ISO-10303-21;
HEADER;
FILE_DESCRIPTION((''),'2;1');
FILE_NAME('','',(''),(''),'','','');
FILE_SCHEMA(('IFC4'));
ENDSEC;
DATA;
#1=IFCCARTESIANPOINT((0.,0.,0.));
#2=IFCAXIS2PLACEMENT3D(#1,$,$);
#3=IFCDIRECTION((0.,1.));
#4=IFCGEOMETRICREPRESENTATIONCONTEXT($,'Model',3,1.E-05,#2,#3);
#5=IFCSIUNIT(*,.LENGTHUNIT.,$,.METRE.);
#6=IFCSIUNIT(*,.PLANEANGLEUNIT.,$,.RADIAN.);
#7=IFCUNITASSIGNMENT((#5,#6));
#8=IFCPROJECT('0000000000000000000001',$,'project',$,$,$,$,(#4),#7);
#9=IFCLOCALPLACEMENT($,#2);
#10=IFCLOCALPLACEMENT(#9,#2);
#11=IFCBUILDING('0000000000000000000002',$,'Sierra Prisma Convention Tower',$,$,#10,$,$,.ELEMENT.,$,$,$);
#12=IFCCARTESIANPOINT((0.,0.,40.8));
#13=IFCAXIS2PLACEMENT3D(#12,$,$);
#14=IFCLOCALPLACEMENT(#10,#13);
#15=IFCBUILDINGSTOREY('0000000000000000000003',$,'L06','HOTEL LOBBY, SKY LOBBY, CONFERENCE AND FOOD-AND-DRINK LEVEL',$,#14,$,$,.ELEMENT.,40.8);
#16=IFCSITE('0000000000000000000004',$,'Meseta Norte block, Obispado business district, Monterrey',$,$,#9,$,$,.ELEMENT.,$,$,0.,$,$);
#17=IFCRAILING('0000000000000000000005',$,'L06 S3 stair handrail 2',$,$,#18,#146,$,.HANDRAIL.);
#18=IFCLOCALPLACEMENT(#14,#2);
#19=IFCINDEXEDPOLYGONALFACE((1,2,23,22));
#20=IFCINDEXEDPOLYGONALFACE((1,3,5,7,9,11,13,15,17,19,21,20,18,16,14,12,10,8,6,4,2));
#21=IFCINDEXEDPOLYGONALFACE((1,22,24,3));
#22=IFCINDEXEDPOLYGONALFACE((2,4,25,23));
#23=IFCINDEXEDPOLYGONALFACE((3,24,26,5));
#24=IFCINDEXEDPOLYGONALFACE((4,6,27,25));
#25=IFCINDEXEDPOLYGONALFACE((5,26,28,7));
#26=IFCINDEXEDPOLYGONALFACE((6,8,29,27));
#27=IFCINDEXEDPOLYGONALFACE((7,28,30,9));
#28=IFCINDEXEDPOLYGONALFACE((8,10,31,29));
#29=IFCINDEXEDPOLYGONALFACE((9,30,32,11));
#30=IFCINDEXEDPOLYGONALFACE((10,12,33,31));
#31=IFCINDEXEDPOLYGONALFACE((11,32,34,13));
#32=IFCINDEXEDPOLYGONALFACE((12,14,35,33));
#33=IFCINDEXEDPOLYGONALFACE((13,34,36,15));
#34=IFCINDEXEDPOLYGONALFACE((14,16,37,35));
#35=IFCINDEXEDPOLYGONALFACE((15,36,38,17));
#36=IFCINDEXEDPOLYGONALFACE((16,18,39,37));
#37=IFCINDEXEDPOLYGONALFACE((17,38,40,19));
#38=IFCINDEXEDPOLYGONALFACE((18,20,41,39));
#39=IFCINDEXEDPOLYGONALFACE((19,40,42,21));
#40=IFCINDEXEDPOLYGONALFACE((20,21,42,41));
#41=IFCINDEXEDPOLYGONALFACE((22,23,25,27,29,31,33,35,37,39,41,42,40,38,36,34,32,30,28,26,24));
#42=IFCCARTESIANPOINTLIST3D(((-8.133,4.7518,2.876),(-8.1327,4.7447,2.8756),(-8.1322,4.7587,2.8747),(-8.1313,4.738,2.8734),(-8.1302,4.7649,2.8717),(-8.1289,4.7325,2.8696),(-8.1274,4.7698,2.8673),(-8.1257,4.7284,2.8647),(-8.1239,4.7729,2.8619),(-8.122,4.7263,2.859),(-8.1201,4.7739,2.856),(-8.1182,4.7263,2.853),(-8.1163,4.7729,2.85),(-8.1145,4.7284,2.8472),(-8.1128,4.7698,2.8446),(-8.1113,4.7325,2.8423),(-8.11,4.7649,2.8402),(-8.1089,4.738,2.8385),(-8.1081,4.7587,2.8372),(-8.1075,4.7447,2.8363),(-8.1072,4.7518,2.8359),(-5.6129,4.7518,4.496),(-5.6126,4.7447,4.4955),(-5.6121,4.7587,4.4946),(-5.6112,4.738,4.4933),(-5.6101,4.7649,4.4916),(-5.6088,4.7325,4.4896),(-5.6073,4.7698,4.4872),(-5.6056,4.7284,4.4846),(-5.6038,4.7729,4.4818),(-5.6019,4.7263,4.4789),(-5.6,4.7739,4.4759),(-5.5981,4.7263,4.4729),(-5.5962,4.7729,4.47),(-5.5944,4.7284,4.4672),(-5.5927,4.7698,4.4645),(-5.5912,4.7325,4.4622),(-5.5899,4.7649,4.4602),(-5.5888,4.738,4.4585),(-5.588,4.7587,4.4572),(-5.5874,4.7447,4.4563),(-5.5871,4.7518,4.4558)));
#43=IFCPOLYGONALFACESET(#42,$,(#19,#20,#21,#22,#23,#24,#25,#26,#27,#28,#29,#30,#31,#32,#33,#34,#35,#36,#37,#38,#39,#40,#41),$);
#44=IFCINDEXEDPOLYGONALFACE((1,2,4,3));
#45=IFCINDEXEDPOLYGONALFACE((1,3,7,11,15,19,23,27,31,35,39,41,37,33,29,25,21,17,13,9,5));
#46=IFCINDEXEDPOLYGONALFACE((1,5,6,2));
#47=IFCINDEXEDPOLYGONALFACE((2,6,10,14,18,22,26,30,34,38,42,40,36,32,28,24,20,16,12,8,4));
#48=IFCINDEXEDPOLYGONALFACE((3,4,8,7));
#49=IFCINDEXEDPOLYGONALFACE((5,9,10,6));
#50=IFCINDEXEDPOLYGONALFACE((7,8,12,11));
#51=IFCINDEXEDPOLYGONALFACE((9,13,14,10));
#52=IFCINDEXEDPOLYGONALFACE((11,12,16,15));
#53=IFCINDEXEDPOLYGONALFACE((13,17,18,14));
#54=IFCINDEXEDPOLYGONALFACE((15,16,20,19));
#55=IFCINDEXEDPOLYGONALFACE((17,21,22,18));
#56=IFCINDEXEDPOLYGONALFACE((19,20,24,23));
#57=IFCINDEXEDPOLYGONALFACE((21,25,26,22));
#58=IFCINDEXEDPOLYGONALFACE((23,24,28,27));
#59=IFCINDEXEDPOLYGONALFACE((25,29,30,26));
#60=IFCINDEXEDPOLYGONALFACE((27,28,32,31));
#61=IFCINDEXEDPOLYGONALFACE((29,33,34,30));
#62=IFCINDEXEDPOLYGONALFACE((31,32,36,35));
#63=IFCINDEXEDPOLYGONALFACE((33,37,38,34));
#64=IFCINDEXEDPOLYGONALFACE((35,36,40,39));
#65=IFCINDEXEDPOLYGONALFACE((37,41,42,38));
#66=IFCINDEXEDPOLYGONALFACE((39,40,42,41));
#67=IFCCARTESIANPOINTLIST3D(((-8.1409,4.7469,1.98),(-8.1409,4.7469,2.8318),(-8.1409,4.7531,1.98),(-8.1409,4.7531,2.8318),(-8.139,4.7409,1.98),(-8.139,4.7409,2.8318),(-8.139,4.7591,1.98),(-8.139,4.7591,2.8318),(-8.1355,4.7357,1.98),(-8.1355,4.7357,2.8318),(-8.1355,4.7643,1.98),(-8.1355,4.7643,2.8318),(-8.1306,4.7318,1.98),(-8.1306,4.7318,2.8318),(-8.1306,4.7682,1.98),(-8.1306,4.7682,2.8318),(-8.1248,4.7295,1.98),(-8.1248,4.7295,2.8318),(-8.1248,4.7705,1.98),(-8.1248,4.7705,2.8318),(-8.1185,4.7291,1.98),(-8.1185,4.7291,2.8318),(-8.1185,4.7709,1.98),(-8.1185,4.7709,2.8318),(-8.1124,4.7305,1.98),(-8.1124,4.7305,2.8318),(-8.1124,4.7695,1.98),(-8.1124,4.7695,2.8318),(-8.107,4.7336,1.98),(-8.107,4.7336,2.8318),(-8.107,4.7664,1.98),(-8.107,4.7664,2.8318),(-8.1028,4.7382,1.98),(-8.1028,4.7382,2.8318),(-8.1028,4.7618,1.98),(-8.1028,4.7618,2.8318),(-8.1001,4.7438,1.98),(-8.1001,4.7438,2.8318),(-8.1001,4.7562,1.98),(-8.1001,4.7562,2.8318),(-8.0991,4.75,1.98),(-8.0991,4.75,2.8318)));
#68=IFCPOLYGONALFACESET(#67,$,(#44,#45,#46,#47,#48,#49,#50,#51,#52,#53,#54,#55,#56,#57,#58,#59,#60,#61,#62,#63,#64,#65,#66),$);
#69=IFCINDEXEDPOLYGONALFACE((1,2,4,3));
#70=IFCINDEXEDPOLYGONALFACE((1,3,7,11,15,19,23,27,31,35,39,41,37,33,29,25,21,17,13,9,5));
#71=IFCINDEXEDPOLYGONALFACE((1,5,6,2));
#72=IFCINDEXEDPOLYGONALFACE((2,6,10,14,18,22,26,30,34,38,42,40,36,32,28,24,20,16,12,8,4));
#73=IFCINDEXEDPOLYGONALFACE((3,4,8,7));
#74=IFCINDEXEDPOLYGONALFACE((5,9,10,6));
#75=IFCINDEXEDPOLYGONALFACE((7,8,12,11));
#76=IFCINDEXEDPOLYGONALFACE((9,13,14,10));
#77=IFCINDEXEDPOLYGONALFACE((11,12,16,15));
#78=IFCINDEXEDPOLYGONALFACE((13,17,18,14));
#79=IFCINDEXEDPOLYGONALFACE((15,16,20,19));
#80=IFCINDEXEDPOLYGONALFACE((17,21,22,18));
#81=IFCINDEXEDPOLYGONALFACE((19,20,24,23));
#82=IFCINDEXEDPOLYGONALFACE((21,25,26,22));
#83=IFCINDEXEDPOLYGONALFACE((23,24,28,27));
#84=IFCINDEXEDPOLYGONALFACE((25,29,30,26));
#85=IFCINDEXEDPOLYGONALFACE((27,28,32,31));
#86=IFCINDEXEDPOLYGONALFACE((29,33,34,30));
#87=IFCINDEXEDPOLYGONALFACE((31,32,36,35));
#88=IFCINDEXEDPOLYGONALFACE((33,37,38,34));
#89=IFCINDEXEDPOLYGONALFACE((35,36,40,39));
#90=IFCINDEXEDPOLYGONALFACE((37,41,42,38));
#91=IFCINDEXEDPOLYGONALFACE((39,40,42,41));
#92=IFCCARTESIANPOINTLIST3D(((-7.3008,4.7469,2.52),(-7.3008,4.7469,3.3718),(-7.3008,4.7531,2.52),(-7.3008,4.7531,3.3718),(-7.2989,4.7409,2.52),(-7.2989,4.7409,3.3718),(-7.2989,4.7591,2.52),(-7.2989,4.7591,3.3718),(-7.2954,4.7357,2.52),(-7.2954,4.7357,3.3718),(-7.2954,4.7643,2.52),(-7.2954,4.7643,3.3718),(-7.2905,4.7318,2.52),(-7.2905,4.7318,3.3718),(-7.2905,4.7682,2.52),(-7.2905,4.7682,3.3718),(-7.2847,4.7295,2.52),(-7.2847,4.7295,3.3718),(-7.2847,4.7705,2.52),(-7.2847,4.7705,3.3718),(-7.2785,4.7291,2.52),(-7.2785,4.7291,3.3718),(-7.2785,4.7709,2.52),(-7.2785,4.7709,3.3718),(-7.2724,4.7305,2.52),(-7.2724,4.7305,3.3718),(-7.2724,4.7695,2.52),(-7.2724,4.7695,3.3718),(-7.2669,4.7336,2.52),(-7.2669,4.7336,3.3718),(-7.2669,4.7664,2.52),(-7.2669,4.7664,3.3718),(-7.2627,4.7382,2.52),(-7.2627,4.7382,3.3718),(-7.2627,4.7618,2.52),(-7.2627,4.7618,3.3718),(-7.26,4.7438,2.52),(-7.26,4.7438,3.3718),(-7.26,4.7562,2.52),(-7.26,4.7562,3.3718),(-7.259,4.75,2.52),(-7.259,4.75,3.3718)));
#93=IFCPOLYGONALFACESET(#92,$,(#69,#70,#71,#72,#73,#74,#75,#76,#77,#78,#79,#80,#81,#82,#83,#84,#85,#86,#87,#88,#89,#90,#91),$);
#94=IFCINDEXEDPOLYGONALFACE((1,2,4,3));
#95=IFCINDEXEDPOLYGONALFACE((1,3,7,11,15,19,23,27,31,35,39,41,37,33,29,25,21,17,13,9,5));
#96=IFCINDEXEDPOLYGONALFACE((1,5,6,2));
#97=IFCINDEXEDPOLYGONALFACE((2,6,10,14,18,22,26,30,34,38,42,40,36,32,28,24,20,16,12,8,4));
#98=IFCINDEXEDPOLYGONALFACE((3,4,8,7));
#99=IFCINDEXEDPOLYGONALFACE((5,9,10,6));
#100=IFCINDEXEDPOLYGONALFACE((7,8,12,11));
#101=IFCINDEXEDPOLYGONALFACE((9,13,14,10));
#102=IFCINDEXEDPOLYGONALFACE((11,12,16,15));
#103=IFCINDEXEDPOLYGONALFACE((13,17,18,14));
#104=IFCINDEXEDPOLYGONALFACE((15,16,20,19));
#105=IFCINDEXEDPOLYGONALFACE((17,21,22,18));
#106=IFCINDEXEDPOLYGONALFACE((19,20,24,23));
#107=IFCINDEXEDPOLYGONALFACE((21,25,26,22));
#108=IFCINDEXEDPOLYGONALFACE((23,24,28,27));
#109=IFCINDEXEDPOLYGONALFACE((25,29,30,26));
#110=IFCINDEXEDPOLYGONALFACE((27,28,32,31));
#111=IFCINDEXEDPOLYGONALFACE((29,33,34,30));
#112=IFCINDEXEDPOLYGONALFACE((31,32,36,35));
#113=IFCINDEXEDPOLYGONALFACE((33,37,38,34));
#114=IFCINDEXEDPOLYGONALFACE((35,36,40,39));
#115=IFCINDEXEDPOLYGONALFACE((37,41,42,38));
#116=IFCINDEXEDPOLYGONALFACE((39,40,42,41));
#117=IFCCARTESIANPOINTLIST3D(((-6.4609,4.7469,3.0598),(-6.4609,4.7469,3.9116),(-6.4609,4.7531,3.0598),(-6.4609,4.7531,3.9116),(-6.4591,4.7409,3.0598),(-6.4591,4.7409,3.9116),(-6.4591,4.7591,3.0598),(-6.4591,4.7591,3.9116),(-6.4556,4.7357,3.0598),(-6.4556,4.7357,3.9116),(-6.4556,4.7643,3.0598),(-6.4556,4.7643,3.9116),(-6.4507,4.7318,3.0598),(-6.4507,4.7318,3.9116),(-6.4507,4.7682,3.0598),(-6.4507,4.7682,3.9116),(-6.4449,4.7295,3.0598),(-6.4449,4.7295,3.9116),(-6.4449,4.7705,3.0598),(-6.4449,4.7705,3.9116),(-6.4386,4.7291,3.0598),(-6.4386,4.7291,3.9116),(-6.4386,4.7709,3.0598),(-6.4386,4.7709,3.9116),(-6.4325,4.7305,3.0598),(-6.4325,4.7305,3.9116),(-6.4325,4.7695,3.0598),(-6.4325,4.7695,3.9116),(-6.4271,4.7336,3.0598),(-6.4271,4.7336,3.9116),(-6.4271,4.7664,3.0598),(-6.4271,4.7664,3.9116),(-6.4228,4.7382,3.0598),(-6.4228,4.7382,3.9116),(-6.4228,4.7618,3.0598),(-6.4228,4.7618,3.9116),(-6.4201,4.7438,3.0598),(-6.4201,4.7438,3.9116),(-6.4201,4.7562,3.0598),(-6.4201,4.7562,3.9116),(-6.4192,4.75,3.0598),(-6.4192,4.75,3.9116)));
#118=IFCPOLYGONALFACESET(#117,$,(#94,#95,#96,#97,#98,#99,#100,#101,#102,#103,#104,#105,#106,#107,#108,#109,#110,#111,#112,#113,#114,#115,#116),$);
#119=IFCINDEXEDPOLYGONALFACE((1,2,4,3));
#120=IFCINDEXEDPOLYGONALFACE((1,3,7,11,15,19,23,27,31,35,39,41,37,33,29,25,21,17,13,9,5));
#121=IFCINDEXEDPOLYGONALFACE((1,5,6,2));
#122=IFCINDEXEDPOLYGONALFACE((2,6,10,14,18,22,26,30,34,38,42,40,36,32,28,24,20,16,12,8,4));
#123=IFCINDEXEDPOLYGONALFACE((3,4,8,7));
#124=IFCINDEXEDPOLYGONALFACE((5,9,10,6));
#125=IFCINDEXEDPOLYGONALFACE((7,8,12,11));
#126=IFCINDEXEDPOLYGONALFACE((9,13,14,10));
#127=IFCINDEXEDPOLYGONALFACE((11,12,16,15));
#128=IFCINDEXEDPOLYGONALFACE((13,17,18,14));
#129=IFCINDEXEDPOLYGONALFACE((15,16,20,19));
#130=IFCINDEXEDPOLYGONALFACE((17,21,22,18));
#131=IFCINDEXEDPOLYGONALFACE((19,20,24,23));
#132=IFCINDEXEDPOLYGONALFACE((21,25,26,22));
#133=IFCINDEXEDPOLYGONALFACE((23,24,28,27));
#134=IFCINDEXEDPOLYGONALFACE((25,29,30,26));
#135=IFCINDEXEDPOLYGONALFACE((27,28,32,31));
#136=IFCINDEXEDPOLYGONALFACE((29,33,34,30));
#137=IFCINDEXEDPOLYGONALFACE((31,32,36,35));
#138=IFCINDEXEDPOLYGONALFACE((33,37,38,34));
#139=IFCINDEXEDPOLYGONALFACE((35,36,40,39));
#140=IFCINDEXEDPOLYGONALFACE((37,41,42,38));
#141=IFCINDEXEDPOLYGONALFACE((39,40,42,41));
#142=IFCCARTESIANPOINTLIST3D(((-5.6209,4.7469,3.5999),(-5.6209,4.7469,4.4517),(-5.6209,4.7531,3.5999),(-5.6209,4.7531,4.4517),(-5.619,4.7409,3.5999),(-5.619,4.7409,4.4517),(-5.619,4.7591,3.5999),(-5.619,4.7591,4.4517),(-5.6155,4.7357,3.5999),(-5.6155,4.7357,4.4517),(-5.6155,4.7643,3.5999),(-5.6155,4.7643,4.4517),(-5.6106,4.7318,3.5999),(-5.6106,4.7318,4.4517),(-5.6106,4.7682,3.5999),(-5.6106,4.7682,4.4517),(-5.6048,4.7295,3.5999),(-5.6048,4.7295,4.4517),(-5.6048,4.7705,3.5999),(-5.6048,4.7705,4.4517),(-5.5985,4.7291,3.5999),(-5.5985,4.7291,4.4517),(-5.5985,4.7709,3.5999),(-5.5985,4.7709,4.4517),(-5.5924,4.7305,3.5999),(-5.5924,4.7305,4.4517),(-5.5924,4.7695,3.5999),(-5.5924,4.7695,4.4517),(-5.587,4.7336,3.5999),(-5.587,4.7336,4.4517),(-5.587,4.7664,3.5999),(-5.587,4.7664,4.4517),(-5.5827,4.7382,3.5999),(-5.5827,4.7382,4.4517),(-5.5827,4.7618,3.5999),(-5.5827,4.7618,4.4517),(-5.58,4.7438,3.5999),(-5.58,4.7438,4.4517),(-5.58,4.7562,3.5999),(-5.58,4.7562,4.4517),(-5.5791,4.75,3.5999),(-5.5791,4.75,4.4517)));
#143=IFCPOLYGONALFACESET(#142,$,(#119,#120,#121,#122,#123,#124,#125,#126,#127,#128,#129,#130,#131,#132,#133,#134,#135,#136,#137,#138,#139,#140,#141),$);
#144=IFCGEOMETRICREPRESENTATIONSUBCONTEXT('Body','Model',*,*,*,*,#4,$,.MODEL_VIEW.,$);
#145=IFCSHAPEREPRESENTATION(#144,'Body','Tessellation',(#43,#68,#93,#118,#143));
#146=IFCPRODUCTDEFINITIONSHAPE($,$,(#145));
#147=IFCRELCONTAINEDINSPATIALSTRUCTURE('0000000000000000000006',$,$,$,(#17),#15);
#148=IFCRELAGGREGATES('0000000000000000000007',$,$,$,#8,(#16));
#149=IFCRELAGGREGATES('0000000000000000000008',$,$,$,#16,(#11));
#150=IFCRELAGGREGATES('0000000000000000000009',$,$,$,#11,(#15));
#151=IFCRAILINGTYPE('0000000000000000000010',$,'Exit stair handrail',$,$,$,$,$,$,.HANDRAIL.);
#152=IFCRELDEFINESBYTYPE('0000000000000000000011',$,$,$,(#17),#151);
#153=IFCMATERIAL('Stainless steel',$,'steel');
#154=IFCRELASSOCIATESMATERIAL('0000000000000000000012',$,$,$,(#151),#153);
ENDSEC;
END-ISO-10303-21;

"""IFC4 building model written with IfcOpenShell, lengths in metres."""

from ifc_helpers import new_model, si_unit, direction, frame, origin, origin_2d, place, context, subcontext, project, spatial, circle, extrude, material, type_object, element, save


model = new_model("IFC4")

# Units and contexts
model_context = context("Model", 3, precision=1e-05, world=origin(), true_north=direction((0.0, 1.0)))
body_context = subcontext(model_context, "Body", "Model", "MODEL_VIEW")
ifc_project = project(units=[si_unit("LENGTHUNIT", "METRE"), si_unit("PLANEANGLEUNIT", "RADIAN")], contexts=[model_context])

# Site, building, storey
site_placement = place(None, origin())
site = spatial("IfcSite", under=ifc_project, at=site_placement, Name="Meseta Norte block, Obispado business district, Monterrey", CompositionType="ELEMENT", RefElevation=0.0)
building_placement = place(site_placement, origin())
building = spatial("IfcBuilding", under=site, at=building_placement, Name="Sierra Prisma Convention Tower", CompositionType="ELEMENT")
storey_placement = place(building_placement, frame((0.0, 0.0, 40.8)))
storey = spatial("IfcBuildingStorey", under=building, at=storey_placement, Name="L06", Description="HOTEL LOBBY, SKY LOBBY, CONFERENCE AND FOOD-AND-DRINK LEVEL", CompositionType="ELEMENT", Elevation=40.8)

# Railing
ifc_material_1 = material(Name="Stainless steel", Category="steel")
railing_type_1 = type_object("IfcRailingType", Name="Exit stair handrail", PredefinedType="HANDRAIL", material=ifc_material_1)
railing_1_placement = place(storey_placement, frame((-8.1201, 4.75, 1.98)))
element("IfcRailing", 1, at=railing_1_placement, inside=storey, type_object=railing_type_1, Name="L06 S3 stair handrail 2", PredefinedType="HANDRAIL", context=body_context, shape_type="SweptSolid", body=[
    extrude(circle(Radius=0.0239, at=origin_2d()), frame((0.0, 0.0, 0.876), z_axis=(0.8412, 0.0, 0.540725), x_axis=(0.0, 1.0, 0.0)), (0.0, 0.0, 1.0), 2.9958),
    extrude(circle(Radius=0.021, at=origin_2d()), origin(), (0.0, 0.0, 1.0), 0.8518),
    extrude(circle(Radius=0.021, at=origin_2d()), frame((0.8401, 0.0, 0.54)), (0.0, 0.0, 1.0), 0.8518),
    extrude(circle(Radius=0.021, at=origin_2d()), frame((1.6799, 0.0, 1.0798)), (0.0, 0.0, 1.0), 0.8518),
    extrude(circle(Radius=0.021, at=origin_2d()), frame((2.52, 0.0, 1.6199)), (0.0, 0.0, 1.0), 0.8518),
])

save(model, "model.ifc")
